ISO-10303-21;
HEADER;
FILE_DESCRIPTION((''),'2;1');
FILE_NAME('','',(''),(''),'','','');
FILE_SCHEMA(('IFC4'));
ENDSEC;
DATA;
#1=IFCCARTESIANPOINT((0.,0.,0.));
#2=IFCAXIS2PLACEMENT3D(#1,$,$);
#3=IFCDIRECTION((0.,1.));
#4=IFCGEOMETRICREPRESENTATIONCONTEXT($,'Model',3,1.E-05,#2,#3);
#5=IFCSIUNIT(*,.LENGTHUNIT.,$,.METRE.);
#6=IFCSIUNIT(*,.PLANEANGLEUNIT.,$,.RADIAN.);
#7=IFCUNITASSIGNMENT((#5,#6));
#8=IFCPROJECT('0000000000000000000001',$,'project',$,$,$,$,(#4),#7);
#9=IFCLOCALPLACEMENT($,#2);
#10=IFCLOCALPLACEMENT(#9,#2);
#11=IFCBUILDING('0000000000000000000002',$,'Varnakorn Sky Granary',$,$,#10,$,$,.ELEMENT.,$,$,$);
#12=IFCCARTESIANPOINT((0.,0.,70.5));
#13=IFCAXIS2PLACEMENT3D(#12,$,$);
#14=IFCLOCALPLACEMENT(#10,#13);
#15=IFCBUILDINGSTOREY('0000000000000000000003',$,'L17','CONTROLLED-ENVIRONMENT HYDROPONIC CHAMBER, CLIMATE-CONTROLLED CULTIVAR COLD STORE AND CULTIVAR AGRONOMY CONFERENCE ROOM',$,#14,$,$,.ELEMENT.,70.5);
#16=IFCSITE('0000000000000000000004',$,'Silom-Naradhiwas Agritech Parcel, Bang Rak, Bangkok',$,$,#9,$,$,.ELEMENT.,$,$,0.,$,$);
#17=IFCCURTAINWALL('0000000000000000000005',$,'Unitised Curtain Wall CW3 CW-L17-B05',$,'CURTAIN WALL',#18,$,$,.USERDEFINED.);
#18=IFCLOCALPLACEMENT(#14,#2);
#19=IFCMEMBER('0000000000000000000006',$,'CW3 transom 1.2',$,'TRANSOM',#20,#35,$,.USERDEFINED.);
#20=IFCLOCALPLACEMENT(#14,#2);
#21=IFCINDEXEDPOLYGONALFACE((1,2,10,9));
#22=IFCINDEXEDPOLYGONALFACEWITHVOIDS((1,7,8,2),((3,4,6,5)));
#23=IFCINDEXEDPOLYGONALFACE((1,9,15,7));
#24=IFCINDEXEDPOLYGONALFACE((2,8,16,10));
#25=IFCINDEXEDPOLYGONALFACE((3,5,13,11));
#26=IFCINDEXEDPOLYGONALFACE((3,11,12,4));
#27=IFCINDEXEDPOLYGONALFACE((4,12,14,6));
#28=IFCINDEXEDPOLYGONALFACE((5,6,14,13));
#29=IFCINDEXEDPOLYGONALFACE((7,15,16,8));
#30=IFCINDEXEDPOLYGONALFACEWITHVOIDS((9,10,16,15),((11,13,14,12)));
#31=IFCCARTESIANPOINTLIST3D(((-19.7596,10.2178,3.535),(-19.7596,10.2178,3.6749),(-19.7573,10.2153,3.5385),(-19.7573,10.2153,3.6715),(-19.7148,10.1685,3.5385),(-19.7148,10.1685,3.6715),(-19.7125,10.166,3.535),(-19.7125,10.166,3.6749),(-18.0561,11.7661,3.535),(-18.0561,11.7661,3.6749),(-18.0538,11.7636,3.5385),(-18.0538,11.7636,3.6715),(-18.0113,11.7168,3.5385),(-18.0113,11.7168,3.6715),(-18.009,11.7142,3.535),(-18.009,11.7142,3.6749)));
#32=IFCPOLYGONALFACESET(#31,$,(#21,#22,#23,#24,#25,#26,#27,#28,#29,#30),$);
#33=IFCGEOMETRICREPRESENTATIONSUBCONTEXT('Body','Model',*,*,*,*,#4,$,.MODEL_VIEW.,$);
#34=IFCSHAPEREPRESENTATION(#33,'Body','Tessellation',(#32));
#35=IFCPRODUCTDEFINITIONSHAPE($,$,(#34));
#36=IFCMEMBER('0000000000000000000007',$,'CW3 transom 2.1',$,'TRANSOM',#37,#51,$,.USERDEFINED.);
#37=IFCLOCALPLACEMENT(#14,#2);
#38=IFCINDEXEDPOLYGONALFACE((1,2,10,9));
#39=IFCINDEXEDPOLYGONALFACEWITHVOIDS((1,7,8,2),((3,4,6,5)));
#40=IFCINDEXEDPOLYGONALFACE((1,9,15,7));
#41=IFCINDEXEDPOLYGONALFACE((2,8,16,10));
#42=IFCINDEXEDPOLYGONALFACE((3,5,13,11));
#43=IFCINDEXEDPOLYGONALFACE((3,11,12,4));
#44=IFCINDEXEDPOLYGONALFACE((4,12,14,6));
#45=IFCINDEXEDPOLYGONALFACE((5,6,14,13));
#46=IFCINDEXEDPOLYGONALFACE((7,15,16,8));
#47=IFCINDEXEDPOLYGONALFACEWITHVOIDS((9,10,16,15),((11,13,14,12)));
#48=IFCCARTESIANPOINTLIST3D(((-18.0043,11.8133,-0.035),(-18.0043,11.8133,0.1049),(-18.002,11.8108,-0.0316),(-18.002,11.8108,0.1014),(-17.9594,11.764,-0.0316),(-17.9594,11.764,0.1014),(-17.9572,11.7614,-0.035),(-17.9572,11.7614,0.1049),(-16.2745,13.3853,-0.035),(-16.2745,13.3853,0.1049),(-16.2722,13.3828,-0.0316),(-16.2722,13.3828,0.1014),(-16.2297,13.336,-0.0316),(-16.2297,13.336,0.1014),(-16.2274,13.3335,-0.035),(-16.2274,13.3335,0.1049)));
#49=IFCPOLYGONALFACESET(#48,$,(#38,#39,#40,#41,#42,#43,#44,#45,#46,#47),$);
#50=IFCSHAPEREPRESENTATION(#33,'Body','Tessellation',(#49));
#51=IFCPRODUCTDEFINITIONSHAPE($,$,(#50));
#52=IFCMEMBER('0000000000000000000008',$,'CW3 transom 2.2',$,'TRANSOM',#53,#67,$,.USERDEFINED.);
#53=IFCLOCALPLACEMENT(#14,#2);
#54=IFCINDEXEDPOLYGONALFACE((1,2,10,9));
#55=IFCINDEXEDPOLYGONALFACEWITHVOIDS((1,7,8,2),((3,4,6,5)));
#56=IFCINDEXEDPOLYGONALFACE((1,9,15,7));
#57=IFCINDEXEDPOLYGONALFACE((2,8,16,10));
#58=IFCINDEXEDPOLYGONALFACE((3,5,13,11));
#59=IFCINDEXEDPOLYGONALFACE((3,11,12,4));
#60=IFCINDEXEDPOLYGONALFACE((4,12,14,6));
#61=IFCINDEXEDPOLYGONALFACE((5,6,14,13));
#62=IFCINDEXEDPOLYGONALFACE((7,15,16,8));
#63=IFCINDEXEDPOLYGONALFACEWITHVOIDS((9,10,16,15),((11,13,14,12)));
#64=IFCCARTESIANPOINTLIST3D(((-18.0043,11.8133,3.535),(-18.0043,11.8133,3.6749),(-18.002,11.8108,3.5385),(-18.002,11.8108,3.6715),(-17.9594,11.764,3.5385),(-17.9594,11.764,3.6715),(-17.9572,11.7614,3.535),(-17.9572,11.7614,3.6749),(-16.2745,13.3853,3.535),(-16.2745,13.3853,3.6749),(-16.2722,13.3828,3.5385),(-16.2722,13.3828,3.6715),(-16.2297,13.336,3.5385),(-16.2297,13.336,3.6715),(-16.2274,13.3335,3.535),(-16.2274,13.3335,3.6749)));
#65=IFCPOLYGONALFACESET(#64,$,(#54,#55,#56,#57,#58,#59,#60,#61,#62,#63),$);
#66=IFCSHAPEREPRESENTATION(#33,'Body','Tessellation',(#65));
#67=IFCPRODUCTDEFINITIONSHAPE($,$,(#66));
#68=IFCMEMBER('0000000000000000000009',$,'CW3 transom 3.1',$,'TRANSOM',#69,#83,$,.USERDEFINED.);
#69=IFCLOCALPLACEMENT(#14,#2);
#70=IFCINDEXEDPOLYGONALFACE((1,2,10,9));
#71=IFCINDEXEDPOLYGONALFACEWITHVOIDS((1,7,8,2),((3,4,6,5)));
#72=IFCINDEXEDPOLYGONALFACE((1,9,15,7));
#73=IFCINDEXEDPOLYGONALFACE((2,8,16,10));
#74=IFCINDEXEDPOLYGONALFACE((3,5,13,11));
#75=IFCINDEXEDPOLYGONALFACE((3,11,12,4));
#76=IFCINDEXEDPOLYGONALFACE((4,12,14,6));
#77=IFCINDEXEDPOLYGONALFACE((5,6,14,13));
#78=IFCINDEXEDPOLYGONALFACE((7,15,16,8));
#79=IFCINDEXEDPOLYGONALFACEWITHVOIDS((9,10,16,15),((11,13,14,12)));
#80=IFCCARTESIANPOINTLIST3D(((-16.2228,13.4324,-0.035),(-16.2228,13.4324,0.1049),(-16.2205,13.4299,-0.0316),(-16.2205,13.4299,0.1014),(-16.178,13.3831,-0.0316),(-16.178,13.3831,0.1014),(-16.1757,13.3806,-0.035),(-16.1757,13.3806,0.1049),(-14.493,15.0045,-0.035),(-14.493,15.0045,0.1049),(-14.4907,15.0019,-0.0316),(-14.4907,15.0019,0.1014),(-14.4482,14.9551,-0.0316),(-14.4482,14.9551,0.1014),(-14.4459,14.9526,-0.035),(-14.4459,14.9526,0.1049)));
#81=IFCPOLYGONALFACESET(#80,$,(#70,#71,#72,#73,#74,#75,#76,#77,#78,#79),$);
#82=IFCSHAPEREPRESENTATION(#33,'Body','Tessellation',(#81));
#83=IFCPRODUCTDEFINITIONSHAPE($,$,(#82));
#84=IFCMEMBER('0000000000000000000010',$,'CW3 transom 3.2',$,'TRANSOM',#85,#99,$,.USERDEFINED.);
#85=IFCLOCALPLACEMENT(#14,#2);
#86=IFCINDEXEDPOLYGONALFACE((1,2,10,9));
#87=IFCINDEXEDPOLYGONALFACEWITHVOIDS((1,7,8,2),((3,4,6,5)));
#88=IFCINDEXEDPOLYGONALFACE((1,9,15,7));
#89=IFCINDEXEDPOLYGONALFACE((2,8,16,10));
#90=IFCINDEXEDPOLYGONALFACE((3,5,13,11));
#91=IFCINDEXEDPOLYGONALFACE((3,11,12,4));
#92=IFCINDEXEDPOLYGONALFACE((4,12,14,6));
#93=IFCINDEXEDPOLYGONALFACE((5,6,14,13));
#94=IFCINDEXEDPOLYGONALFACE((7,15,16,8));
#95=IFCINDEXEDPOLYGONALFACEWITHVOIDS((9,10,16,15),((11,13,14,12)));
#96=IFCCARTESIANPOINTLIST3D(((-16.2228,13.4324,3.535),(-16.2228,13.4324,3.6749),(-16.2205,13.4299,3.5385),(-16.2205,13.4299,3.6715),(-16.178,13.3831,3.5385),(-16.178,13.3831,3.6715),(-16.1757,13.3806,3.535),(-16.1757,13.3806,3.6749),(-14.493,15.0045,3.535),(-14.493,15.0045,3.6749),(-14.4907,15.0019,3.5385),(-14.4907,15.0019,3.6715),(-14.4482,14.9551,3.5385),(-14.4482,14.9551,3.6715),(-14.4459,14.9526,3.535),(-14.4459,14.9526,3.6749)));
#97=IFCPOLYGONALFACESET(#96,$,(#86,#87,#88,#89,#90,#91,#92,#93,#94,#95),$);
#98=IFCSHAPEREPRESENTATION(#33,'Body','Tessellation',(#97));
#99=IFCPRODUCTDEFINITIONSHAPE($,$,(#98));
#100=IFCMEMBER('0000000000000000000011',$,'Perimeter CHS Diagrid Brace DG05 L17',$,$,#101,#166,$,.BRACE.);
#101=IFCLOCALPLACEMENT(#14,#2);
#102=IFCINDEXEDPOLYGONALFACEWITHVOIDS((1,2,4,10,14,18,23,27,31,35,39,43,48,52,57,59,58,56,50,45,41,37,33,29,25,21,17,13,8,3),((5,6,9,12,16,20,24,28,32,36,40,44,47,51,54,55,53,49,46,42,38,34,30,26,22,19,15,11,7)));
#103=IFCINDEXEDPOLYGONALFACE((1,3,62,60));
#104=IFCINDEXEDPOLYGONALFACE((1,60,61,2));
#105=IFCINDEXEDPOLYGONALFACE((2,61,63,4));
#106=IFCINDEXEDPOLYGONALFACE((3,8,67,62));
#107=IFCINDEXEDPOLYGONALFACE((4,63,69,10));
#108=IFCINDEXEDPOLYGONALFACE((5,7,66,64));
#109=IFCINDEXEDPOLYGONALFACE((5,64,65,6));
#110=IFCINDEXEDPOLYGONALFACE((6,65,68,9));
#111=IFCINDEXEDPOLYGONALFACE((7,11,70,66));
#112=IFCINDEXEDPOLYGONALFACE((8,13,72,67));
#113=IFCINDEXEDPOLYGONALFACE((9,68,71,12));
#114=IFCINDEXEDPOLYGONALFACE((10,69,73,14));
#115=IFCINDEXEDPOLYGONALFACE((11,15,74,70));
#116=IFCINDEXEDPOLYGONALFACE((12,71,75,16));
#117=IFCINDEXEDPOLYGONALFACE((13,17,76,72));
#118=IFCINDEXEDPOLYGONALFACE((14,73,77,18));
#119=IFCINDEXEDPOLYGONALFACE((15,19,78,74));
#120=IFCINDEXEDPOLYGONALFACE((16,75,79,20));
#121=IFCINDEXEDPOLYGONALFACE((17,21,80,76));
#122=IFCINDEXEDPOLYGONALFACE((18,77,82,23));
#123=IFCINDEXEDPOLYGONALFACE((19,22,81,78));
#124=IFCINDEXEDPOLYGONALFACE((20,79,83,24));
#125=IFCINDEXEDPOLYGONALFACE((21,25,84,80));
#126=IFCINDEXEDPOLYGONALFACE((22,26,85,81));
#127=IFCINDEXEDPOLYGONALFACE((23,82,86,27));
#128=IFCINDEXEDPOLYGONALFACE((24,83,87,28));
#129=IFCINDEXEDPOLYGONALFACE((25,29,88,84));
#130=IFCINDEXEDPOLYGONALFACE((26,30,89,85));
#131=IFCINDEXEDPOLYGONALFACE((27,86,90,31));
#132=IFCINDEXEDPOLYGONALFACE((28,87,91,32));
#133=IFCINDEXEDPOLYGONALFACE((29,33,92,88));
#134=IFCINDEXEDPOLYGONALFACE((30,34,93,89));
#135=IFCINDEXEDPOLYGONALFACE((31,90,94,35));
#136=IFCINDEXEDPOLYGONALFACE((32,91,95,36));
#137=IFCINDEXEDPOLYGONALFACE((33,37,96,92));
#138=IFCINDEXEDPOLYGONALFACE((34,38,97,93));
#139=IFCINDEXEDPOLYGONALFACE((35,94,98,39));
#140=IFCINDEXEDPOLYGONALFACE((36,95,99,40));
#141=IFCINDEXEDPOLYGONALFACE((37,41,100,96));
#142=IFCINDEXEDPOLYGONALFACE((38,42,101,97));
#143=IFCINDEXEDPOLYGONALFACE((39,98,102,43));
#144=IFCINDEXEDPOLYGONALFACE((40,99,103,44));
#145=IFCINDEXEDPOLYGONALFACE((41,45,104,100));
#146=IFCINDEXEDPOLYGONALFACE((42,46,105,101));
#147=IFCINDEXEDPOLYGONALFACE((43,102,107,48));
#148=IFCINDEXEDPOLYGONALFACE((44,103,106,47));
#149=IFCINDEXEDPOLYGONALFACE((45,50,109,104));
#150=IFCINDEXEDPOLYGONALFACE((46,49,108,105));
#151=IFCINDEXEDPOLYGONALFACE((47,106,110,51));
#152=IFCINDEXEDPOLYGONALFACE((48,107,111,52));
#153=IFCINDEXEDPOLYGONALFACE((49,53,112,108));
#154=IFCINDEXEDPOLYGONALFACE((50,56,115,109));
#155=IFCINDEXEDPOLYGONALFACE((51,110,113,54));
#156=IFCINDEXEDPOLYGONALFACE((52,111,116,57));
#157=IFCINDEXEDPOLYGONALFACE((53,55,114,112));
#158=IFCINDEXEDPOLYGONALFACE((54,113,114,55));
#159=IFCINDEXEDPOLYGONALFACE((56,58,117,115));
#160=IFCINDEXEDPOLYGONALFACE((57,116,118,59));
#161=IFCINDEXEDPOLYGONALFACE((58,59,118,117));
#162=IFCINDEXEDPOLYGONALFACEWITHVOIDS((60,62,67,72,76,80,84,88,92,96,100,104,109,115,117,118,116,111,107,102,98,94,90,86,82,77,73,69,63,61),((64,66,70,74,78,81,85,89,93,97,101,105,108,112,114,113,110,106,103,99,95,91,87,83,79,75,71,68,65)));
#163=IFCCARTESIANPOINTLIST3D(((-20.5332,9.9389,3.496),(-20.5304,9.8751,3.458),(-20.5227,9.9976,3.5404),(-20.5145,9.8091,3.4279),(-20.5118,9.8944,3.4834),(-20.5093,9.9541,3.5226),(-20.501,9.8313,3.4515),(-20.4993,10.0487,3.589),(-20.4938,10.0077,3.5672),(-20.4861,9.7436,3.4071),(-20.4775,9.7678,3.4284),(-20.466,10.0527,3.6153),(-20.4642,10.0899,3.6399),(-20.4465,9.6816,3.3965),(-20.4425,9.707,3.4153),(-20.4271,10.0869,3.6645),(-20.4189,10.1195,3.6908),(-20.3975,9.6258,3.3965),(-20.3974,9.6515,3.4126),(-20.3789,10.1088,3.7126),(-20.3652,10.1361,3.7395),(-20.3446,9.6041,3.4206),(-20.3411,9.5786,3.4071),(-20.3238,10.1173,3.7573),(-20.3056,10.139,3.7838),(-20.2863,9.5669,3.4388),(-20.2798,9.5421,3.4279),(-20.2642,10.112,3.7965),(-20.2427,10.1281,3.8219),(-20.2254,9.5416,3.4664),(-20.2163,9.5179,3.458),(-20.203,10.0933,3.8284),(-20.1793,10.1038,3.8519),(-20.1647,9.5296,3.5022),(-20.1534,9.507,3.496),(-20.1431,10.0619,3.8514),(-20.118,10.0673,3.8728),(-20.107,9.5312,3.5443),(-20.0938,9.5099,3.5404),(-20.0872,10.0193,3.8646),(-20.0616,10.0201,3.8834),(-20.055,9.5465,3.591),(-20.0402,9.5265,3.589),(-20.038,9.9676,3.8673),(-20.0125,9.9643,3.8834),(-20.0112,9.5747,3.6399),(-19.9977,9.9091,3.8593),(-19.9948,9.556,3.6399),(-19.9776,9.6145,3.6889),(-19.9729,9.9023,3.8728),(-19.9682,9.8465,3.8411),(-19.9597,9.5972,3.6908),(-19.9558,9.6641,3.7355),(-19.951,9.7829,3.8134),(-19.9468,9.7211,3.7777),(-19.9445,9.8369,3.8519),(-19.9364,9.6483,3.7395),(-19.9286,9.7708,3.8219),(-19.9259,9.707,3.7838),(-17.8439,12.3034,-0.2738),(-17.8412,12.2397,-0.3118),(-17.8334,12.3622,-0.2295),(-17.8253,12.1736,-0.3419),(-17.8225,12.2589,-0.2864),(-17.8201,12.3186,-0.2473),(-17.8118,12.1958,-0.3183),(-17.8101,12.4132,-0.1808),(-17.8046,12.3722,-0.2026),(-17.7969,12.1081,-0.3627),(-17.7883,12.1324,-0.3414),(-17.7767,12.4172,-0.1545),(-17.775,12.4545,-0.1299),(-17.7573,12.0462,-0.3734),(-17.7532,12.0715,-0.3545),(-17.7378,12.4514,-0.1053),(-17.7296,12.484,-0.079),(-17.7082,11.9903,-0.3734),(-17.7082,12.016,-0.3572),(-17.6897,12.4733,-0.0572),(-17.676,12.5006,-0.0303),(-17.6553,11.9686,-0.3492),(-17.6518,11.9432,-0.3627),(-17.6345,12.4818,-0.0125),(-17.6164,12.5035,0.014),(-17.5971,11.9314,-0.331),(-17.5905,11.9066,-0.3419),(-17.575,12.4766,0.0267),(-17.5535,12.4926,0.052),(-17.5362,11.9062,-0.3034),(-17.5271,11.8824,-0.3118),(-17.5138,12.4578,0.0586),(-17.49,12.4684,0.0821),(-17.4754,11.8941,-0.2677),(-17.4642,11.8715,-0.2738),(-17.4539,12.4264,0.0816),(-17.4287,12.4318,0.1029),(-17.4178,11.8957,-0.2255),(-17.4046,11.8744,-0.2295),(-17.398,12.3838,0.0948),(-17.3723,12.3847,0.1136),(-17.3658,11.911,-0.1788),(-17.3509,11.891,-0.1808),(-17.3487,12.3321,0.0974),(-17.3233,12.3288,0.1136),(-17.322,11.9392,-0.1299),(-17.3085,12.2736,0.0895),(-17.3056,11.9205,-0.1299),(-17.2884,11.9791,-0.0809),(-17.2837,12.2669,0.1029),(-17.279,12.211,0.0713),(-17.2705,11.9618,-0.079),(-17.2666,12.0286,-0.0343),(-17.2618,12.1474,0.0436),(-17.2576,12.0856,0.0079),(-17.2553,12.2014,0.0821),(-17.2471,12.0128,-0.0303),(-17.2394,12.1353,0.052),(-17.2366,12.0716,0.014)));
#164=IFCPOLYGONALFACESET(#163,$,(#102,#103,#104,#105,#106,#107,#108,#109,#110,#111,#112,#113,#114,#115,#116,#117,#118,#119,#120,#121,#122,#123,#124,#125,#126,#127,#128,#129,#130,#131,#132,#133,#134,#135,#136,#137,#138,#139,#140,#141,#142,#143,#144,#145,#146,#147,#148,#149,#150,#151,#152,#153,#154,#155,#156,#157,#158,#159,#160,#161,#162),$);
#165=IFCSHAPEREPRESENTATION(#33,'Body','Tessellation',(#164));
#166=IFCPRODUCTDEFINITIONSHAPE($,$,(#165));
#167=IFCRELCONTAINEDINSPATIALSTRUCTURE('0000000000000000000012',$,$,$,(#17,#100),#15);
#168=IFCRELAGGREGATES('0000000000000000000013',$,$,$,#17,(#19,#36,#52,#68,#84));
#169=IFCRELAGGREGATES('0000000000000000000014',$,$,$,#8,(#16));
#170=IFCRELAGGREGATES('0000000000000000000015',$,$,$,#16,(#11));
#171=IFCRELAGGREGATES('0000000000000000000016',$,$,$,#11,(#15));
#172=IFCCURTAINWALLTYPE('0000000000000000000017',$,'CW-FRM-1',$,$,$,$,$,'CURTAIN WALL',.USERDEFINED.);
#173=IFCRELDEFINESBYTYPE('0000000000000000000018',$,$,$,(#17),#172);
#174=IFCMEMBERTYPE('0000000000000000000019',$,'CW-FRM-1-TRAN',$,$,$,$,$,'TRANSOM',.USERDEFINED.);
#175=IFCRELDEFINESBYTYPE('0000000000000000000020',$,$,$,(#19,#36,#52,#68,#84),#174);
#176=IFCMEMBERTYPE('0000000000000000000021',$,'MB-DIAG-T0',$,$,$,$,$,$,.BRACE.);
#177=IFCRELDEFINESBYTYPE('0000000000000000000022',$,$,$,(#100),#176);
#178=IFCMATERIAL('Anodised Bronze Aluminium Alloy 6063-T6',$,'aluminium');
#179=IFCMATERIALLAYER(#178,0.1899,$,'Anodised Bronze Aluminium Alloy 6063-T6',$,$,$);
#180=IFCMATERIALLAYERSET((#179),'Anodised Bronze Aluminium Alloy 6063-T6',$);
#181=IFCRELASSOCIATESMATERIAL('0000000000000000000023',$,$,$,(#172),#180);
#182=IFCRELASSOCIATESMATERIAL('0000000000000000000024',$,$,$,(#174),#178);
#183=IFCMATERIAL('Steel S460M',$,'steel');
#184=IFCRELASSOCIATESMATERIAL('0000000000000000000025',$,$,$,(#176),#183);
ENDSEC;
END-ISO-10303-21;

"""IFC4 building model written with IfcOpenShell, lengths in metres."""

from ifc_helpers import new_model, si_unit, direction, frame, origin, origin_2d, place, context, subcontext, project, spatial, hollow_rectangle, hollow_circle, extrude, material, layer, layer_set, material_profile, profile_set, type_object, element, aggregate, save


model = new_model("IFC4")

# Units and contexts
model_context = context("Model", 3, precision=1e-05, world=origin(), true_north=direction((0.0, 1.0)))
body_context = subcontext(model_context, "Body", "Model", "MODEL_VIEW")
ifc_project = project(units=[si_unit("LENGTHUNIT", "METRE"), si_unit("PLANEANGLEUNIT", "RADIAN")], contexts=[model_context])

# Site, building, storey
site_placement = place(None, origin())
site = spatial("IfcSite", under=ifc_project, at=site_placement, Name="Silom-Naradhiwas Agritech Parcel, Bang Rak, Bangkok", CompositionType="ELEMENT", RefElevation=0.0)
building_placement = place(site_placement, origin())
building = spatial("IfcBuilding", under=site, at=building_placement, Name="Varnakorn Sky Granary", CompositionType="ELEMENT")
storey_placement = place(building_placement, frame((0.0, 0.0, 70.5)))
storey = spatial("IfcBuildingStorey", under=building, at=storey_placement, Name="L17", Description="CONTROLLED-ENVIRONMENT HYDROPONIC CHAMBER, CLIMATE-CONTROLLED CULTIVAR COLD STORE AND CULTIVAR AGRONOMY CONFERENCE ROOM", CompositionType="ELEMENT", Elevation=70.5)

# Shared definitions
ifc_material_1 = material(Name="Steel S460M", Category="steel")

# Curtain wall, members
ifc_material_2 = material(Name="Anodised Bronze Aluminium Alloy 6063-T6", Category="aluminium")
ifc_layer_1 = layer(ifc_material_2, 0.1899, Name="Anodised Bronze Aluminium Alloy 6063-T6")
ifc_layer_set_1 = layer_set([ifc_layer_1], Name="Anodised Bronze Aluminium Alloy 6063-T6")
curtain_wall_type = type_object("IfcCurtainWallType", Name="CW-FRM-1", ElementType="CURTAIN WALL", PredefinedType="USERDEFINED", material=ifc_layer_set_1)
curtain_wall_placement = place(storey_placement, origin())
curtain_wall = element("IfcCurtainWall", 1, at=curtain_wall_placement, inside=storey, type_object=curtain_wall_type, Name="Unitised Curtain Wall CW3 CW-L17-B05", ObjectType="CURTAIN WALL", PredefinedType="USERDEFINED")
ifc_material_profile_1 = material_profile(ifc_material_2, hollow_rectangle(XDim=0.0701, YDim=0.1399, WallThickness=0.0034, at=origin_2d()), Name="ALU TRAN 70x140")
ifc_profile_set_1 = profile_set([ifc_material_profile_1], Name="Anodised Bronze Aluminium Alloy 6063-T6")
member_type_1 = type_object("IfcMemberType", Name="CW-FRM-1-TRAN", ElementType="TRANSOM", PredefinedType="USERDEFINED", material=ifc_profile_set_1)
member_1_placement = place(storey_placement, frame((-19.7361, 10.1919, 3.605), z_axis=(0.740026, 0.672578, 0.0), x_axis=(-0.672578, 0.740026, 0.0)))
member_1 = element("IfcMember", 2, at=member_1_placement, type_object=member_type_1, Name="CW3 transom 1.2", ObjectType="TRANSOM", PredefinedType="USERDEFINED", context=body_context, shape_type="SweptSolid", body=[
    extrude(hollow_rectangle(XDim=0.0701, YDim=0.1399, WallThickness=0.0034, at=origin_2d()), origin(), (0.0, 0.0, 1.0), 2.302),
])
member_2_placement = place(storey_placement, frame((-17.9807, 11.7874, 0.0349), z_axis=(0.740039, 0.672564, 0.0), x_axis=(-0.672564, 0.740039, 0.0)))
member_2 = element("IfcMember", 3, at=member_2_placement, type_object=member_type_1, Name="CW3 transom 2.1", ObjectType="TRANSOM", PredefinedType="USERDEFINED", context=body_context, shape_type="SweptSolid", body=[
    extrude(hollow_rectangle(XDim=0.0701, YDim=0.1399, WallThickness=0.0034, at=origin_2d()), origin(), (0.0, 0.0, 1.0), 2.3374),
])
member_3_placement = place(storey_placement, frame((-17.9807, 11.7874, 3.605), z_axis=(0.740039, 0.672564, 0.0), x_axis=(-0.672564, 0.740039, 0.0)))
member_3 = element("IfcMember", 4, at=member_3_placement, type_object=member_type_1, Name="CW3 transom 2.2", ObjectType="TRANSOM", PredefinedType="USERDEFINED", context=body_context, shape_type="SweptSolid", body=[
    extrude(hollow_rectangle(XDim=0.0701, YDim=0.1399, WallThickness=0.0034, at=origin_2d()), origin(), (0.0, 0.0, 1.0), 2.3374),
])
member_4_placement = place(storey_placement, frame((-16.1992, 13.4065, 0.0349), z_axis=(0.740039, 0.672564, 0.0), x_axis=(-0.672564, 0.740039, 0.0)))
member_4 = element("IfcMember", 5, at=member_4_placement, type_object=member_type_1, Name="CW3 transom 3.1", ObjectType="TRANSOM", PredefinedType="USERDEFINED", context=body_context, shape_type="SweptSolid", body=[
    extrude(hollow_rectangle(XDim=0.0701, YDim=0.1399, WallThickness=0.0034, at=origin_2d()), origin(), (0.0, 0.0, 1.0), 2.3374),
])
member_5_placement = place(storey_placement, frame((-16.1992, 13.4065, 3.605), z_axis=(0.740039, 0.672564, 0.0), x_axis=(-0.672564, 0.740039, 0.0)))
member_5 = element("IfcMember", 6, at=member_5_placement, type_object=member_type_1, Name="CW3 transom 3.2", ObjectType="TRANSOM", PredefinedType="USERDEFINED", context=body_context, shape_type="SweptSolid", body=[
    extrude(hollow_rectangle(XDim=0.0701, YDim=0.1399, WallThickness=0.0034, at=origin_2d()), origin(), (0.0, 0.0, 1.0), 2.3374),
])

# Member
ifc_material_profile_2 = material_profile(ifc_material_1, hollow_circle(Radius=0.3555, WallThickness=0.0249, at=origin_2d()), Name="CHS 711x25")
ifc_profile_set_2 = profile_set([ifc_material_profile_2], Name="Steel S460M")
member_type_2 = type_object("IfcMemberType", Name="MB-DIAG-T0", PredefinedType="BRACE", material=ifc_profile_set_2)
member_6_placement = place(storey_placement, frame((-17.5403, 12.1875, -0.1299), z_axis=(-0.517214, -0.454763, 0.725038), x_axis=(0.660313, -0.750991, 0.0)))
element("IfcMember", 7, at=member_6_placement, inside=storey, type_object=member_type_2, Name="Perimeter CHS Diagrid Brace DG05 L17", PredefinedType="BRACE", context=body_context, shape_type="SweptSolid", body=[
    extrude(hollow_circle(Radius=0.3555, WallThickness=0.0249, at=origin_2d()), origin(), (0.0, 0.0, 1.0), 5.1995),
])

aggregate(curtain_wall, [member_1, member_2, member_3, member_4, member_5])

save(model, "model.ifc")
